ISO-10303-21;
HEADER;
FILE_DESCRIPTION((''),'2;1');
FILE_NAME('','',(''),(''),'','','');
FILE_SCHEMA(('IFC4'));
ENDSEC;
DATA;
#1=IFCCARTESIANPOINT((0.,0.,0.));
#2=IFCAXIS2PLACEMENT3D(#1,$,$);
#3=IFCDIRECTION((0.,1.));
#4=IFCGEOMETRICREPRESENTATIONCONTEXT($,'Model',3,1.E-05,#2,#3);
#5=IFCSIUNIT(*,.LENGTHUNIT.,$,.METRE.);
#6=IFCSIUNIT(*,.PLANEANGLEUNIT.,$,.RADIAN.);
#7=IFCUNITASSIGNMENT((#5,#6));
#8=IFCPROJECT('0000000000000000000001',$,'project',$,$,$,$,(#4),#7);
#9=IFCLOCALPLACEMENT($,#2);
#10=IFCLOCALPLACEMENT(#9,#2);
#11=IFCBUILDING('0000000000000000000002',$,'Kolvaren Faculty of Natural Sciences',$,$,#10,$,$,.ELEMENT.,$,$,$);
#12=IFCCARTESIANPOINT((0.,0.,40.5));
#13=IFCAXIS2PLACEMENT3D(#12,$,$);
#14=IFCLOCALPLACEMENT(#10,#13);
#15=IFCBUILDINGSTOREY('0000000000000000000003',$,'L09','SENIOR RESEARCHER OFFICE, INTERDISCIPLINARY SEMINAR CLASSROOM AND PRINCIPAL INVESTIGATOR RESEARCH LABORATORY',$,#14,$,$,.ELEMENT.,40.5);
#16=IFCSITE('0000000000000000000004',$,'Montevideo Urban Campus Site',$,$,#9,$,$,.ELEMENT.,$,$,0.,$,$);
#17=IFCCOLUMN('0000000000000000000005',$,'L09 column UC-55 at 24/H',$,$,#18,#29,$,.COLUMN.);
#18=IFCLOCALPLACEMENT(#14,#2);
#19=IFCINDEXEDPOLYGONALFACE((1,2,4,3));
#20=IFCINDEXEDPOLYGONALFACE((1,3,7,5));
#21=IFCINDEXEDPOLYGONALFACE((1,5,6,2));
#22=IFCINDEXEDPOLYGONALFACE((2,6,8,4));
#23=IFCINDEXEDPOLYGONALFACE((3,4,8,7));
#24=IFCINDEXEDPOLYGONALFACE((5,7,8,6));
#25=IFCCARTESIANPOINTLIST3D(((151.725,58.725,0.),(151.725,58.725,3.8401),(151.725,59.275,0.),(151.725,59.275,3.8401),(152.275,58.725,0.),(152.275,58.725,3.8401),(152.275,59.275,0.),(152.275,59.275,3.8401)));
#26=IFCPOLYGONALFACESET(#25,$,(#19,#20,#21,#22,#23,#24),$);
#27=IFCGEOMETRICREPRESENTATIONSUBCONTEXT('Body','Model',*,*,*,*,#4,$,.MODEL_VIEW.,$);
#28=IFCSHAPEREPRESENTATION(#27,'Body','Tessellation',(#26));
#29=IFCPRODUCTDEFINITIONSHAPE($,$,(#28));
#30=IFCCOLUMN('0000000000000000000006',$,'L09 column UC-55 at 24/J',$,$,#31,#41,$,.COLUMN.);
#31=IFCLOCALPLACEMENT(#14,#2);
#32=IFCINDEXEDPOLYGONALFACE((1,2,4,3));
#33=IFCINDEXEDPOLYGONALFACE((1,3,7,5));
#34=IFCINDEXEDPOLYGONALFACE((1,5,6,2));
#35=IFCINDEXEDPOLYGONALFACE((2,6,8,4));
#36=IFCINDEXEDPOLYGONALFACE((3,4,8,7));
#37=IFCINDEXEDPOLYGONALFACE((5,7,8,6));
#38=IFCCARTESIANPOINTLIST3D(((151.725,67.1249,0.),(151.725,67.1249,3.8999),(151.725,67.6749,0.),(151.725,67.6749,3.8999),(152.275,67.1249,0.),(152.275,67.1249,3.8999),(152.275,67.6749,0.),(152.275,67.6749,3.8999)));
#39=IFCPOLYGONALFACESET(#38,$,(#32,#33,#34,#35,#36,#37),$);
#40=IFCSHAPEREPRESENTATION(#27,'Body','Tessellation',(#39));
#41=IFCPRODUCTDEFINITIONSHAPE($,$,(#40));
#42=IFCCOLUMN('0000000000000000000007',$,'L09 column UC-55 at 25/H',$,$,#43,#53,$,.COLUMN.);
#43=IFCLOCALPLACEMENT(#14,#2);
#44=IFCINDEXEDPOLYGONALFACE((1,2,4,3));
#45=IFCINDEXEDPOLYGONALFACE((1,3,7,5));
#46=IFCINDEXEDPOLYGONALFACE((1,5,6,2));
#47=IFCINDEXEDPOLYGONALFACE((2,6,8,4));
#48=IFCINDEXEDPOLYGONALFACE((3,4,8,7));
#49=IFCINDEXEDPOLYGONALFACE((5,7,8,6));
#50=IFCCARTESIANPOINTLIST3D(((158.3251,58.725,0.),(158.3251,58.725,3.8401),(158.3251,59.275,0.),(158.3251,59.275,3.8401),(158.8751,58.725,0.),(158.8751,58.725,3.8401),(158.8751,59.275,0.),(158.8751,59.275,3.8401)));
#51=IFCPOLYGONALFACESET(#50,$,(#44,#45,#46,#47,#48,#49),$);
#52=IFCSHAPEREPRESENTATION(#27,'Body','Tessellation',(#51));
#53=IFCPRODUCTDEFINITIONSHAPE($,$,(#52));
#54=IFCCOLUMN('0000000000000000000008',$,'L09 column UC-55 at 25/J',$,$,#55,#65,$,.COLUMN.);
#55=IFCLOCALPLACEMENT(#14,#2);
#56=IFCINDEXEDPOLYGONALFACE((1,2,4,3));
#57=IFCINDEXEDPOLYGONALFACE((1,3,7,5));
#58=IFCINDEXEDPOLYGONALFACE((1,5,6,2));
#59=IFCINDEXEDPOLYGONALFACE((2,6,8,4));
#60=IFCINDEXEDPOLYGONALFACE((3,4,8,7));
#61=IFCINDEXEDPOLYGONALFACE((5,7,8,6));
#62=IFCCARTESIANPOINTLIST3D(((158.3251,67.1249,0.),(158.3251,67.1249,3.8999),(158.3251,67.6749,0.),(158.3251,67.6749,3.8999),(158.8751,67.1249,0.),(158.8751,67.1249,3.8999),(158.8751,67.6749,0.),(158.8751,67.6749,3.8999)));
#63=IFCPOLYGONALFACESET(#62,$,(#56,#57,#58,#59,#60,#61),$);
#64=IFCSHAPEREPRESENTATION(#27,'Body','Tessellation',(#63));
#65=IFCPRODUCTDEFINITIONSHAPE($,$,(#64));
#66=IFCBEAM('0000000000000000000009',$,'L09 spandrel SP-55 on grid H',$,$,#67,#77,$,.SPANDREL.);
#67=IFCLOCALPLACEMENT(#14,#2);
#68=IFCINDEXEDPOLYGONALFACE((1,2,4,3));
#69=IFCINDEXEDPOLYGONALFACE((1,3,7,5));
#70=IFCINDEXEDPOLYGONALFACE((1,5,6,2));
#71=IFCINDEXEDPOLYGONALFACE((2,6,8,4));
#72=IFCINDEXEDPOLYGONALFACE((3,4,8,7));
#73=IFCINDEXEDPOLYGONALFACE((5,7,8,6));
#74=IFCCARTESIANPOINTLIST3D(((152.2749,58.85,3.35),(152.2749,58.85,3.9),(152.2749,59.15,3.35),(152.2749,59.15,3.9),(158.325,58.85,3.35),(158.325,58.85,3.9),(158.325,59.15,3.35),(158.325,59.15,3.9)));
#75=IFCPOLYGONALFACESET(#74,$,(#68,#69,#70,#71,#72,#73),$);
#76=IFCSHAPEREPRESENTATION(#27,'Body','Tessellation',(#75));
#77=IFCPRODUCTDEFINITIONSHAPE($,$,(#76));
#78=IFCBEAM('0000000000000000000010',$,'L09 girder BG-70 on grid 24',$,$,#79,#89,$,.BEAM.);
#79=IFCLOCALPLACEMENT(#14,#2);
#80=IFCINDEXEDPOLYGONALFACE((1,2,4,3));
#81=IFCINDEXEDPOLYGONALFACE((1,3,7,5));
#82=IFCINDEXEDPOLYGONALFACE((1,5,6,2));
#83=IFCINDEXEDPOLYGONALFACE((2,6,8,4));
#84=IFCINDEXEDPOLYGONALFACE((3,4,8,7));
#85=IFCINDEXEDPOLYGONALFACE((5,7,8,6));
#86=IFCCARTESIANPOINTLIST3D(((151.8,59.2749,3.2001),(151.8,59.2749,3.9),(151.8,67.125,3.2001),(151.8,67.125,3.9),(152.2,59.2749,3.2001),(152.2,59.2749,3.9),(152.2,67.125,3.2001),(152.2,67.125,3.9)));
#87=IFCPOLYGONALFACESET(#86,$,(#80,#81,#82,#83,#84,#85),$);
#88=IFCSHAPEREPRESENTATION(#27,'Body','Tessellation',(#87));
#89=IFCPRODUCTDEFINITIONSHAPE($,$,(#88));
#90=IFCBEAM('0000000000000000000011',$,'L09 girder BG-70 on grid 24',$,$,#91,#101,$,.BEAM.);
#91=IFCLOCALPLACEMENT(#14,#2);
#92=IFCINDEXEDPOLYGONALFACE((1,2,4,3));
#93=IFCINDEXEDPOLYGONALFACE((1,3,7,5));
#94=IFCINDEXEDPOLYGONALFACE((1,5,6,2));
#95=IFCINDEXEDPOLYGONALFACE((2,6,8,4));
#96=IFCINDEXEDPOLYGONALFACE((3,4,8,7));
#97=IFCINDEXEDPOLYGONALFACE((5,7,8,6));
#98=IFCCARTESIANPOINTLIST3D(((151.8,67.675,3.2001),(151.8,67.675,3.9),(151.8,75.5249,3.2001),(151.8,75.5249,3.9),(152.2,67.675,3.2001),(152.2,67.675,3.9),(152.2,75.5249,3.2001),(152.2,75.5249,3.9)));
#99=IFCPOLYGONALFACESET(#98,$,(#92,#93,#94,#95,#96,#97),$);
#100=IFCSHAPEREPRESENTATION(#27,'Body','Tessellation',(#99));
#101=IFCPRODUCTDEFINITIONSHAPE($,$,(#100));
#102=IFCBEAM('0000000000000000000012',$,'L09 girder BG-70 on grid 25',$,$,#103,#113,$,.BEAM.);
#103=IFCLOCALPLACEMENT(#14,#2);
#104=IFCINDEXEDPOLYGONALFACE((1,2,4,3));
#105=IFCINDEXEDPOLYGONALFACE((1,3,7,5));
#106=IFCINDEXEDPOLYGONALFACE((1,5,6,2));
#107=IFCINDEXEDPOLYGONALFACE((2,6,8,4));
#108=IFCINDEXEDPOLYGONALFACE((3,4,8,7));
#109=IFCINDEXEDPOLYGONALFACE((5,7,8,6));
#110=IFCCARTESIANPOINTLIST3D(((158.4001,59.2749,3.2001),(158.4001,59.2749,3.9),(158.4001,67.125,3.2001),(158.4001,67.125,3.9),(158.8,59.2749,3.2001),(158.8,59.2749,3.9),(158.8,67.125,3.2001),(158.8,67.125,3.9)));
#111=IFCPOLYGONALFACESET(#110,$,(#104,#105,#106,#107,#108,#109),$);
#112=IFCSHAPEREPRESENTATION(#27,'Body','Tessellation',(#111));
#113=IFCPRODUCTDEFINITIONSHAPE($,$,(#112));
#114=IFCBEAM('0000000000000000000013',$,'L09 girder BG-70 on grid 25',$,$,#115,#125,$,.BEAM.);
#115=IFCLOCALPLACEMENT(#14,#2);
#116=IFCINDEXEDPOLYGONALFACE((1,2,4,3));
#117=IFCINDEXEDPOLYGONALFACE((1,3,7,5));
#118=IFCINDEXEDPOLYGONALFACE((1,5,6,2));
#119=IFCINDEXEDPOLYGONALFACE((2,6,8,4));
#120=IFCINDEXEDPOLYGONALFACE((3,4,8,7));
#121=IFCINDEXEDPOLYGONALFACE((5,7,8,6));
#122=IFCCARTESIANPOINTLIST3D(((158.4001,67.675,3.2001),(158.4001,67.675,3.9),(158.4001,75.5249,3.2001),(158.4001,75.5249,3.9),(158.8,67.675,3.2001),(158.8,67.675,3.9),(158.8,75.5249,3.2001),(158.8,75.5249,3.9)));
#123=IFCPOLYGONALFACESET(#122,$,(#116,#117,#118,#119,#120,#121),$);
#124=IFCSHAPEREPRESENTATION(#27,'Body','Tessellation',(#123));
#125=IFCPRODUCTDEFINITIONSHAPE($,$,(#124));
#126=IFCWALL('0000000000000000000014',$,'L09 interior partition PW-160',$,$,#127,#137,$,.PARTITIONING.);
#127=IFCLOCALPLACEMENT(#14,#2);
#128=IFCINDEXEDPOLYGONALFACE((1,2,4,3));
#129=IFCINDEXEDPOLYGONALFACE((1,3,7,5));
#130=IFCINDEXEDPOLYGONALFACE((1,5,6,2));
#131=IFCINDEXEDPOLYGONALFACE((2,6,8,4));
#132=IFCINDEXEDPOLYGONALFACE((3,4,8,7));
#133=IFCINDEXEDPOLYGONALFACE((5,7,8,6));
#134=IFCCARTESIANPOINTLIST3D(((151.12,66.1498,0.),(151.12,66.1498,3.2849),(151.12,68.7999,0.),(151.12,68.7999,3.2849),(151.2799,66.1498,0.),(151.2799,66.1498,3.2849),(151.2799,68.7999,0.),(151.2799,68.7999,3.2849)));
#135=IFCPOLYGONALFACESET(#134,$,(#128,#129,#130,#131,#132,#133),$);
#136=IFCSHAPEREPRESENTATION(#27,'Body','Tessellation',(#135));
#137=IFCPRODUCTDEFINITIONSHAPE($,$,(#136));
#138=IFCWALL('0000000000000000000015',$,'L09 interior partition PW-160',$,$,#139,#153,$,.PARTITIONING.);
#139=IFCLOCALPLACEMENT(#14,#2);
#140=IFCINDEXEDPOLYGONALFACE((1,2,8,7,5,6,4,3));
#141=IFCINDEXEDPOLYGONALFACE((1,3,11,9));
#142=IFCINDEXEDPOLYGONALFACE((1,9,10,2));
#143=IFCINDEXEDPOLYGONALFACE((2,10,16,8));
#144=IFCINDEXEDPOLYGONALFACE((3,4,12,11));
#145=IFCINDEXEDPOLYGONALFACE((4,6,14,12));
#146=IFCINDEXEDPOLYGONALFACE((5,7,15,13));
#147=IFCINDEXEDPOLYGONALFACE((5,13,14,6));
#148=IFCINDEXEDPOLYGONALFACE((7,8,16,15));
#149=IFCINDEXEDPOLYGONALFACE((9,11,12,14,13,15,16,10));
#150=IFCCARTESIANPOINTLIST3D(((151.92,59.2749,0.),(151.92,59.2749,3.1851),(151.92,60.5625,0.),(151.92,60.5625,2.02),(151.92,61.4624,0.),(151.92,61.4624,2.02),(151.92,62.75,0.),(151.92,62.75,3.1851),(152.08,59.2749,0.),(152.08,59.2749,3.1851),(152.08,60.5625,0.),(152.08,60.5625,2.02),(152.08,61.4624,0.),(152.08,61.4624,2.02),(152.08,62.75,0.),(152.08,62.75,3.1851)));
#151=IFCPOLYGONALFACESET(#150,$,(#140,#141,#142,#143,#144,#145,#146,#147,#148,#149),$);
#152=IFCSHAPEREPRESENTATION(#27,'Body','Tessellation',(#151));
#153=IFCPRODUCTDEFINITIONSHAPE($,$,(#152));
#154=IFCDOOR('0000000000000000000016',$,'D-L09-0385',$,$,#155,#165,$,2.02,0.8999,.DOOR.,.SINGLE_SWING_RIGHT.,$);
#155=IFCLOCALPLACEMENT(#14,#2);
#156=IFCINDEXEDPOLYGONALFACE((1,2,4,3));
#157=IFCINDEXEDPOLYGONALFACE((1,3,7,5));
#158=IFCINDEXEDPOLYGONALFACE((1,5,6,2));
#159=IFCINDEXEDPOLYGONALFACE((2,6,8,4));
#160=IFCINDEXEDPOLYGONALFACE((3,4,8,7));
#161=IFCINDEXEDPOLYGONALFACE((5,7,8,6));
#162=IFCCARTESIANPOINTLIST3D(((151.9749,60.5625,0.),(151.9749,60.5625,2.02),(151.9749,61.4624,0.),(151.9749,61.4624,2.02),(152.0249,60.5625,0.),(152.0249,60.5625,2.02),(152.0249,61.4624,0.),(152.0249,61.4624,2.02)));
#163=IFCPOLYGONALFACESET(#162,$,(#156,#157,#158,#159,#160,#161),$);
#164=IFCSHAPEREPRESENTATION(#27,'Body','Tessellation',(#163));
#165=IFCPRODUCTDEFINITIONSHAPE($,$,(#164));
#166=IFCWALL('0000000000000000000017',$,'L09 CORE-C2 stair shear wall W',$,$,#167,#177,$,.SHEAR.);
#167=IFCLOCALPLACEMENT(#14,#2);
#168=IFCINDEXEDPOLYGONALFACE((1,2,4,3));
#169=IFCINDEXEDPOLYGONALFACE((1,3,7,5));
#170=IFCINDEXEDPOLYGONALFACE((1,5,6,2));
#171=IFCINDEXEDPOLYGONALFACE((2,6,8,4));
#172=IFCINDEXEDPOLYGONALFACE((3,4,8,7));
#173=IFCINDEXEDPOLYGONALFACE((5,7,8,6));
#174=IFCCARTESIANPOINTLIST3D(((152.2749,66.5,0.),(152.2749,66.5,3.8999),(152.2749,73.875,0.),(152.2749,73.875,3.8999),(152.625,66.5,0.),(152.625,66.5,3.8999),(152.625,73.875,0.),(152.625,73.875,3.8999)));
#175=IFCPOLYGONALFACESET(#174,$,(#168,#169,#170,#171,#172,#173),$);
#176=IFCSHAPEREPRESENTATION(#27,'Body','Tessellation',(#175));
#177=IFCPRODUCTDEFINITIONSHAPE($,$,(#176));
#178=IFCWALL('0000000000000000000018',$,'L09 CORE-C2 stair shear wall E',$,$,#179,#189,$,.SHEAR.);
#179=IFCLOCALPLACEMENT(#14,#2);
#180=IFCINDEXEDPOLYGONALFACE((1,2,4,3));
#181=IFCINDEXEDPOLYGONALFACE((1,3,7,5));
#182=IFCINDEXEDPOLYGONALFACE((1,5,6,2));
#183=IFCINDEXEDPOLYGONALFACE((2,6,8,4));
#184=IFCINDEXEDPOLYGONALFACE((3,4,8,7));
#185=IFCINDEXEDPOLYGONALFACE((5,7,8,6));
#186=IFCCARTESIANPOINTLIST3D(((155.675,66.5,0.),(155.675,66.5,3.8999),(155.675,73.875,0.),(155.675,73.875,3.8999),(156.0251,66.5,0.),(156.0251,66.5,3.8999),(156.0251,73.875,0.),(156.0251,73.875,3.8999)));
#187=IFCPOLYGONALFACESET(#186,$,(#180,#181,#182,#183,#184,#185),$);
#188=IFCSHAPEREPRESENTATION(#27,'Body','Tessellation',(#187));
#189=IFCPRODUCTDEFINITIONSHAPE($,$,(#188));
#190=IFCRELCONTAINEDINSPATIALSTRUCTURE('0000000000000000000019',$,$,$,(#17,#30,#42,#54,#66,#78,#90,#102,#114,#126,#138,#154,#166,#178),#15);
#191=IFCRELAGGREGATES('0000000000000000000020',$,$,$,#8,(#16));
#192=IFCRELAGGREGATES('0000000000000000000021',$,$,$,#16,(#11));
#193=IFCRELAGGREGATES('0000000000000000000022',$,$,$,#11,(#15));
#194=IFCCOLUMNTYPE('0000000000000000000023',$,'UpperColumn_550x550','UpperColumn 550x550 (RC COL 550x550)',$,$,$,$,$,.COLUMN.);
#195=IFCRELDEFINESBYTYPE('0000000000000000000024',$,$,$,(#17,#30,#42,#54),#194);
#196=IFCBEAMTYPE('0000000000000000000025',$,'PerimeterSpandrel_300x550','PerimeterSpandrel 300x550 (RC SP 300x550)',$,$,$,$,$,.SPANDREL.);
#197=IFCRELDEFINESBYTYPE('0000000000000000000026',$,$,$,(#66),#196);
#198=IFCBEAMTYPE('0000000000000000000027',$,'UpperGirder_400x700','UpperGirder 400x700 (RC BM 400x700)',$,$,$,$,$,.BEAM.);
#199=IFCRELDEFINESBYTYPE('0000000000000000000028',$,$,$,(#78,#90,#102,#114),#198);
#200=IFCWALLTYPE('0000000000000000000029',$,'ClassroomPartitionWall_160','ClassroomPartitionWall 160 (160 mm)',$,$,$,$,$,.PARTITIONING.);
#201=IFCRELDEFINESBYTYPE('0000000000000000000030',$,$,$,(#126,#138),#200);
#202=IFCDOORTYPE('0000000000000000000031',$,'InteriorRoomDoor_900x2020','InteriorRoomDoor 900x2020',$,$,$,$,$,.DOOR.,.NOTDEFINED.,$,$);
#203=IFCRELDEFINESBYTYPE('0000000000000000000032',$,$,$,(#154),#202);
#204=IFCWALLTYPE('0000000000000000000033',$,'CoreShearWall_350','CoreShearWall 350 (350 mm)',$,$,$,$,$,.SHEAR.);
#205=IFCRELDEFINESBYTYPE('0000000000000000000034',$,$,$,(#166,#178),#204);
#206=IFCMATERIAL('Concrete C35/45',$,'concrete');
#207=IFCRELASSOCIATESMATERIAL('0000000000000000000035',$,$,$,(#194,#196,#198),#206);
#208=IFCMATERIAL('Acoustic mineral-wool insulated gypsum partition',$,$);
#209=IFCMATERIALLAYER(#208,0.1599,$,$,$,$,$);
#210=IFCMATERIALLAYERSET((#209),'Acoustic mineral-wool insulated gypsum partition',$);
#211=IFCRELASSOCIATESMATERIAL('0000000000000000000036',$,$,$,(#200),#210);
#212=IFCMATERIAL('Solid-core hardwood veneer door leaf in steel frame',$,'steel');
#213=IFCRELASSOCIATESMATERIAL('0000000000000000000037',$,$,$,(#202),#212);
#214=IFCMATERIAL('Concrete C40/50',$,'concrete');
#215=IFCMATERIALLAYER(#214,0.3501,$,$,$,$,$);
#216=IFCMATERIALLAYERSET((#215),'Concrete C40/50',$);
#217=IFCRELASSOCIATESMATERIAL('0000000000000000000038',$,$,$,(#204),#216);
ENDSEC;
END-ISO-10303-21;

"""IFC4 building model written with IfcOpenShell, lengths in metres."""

from ifc_helpers import new_model, si_unit, direction, frame, frame_2d, origin, origin_2d, place, context, subcontext, project, spatial, rectangle, extrude, material, layer, layer_set, material_profile, profile_set, type_object, element, fill, save


model = new_model("IFC4")

# Units and contexts
model_context = context("Model", 3, precision=1e-05, world=origin(), true_north=direction((0.0, 1.0)))
body_context = subcontext(model_context, "Body", "Model", "MODEL_VIEW")
ifc_project = project(units=[si_unit("LENGTHUNIT", "METRE"), si_unit("PLANEANGLEUNIT", "RADIAN")], contexts=[model_context])

# Site, building, storey
site_placement = place(None, origin())
site = spatial("IfcSite", under=ifc_project, at=site_placement, Name="Montevideo Urban Campus Site", CompositionType="ELEMENT", RefElevation=0.0)
building_placement = place(site_placement, origin())
building = spatial("IfcBuilding", under=site, at=building_placement, Name="Kolvaren Faculty of Natural Sciences", CompositionType="ELEMENT")
storey_placement = place(building_placement, frame((0.0, 0.0, 40.5)))
storey = spatial("IfcBuildingStorey", under=building, at=storey_placement, Name="L09", Description="SENIOR RESEARCHER OFFICE, INTERDISCIPLINARY SEMINAR CLASSROOM AND PRINCIPAL INVESTIGATOR RESEARCH LABORATORY", CompositionType="ELEMENT", Elevation=40.5)

# Columns
ifc_material_1 = material(Name="Concrete C35/45", Category="concrete")
ifc_material_profile_1 = material_profile(ifc_material_1, rectangle(XDim=0.55, YDim=0.55, at=origin_2d()), Name="RC COL 550x550")
ifc_profile_set_1 = profile_set([ifc_material_profile_1], Name="Concrete C35/45")
column_type = type_object("IfcColumnType", Name="UpperColumn_550x550", Description="UpperColumn 550x550 (RC COL 550x550)", PredefinedType="COLUMN", material=ifc_profile_set_1)
column_1_placement = place(storey_placement, frame((152.0, 59.0, 0.0), z_axis=(0.0, 0.0, 1.0), x_axis=(1.0, 0.0, 0.0)))
element("IfcColumn", 1, at=column_1_placement, inside=storey, type_object=column_type, Name="L09 column UC-55 at 24/H", PredefinedType="COLUMN", context=body_context, shape_type="SweptSolid", body=[
    extrude(rectangle(XDim=0.55, YDim=0.55, at=origin_2d()), origin(), (0.0, 0.0, 1.0), 3.8401),
])
column_2_placement = place(storey_placement, frame((152.0, 67.3999, 0.0), z_axis=(0.0, 0.0, 1.0), x_axis=(1.0, 0.0, 0.0)))
element("IfcColumn", 2, at=column_2_placement, inside=storey, type_object=column_type, Name="L09 column UC-55 at 24/J", PredefinedType="COLUMN", context=body_context, shape_type="SweptSolid", body=[
    extrude(rectangle(XDim=0.55, YDim=0.55, at=origin_2d()), origin(), (0.0, 0.0, 1.0), 3.8999),
])
column_3_placement = place(storey_placement, frame((158.6001, 59.0, 0.0), z_axis=(0.0, 0.0, 1.0), x_axis=(1.0, 0.0, 0.0)))
element("IfcColumn", 3, at=column_3_placement, inside=storey, type_object=column_type, Name="L09 column UC-55 at 25/H", PredefinedType="COLUMN", context=body_context, shape_type="SweptSolid", body=[
    extrude(rectangle(XDim=0.55, YDim=0.55, at=origin_2d()), origin(), (0.0, 0.0, 1.0), 3.8401),
])
column_4_placement = place(storey_placement, frame((158.6001, 67.3999, 0.0), z_axis=(0.0, 0.0, 1.0), x_axis=(1.0, 0.0, 0.0)))
element("IfcColumn", 4, at=column_4_placement, inside=storey, type_object=column_type, Name="L09 column UC-55 at 25/J", PredefinedType="COLUMN", context=body_context, shape_type="SweptSolid", body=[
    extrude(rectangle(XDim=0.55, YDim=0.55, at=origin_2d()), origin(), (0.0, 0.0, 1.0), 3.8999),
])

# Beams
ifc_material_profile_2 = material_profile(ifc_material_1, rectangle(XDim=0.3, YDim=0.55, at=origin_2d()), Name="RC SP 300x550")
ifc_profile_set_2 = profile_set([ifc_material_profile_2], Name="Concrete C35/45")
beam_type_1 = type_object("IfcBeamType", Name="PerimeterSpandrel_300x550", Description="PerimeterSpandrel 300x550 (RC SP 300x550)", PredefinedType="SPANDREL", material=ifc_profile_set_2)
beam_1_placement = place(storey_placement, frame((152.2749, 59.0, 3.625), z_axis=(1.0, 0.0, 0.0), x_axis=(0.0, 1.0, 0.0)))
element("IfcBeam", 5, at=beam_1_placement, inside=storey, type_object=beam_type_1, Name="L09 spandrel SP-55 on grid H", PredefinedType="SPANDREL", context=body_context, shape_type="SweptSolid", body=[
    extrude(rectangle(XDim=0.3, YDim=0.55, at=origin_2d()), origin(), (0.0, 0.0, 1.0), 6.05),
])
ifc_material_profile_3 = material_profile(ifc_material_1, rectangle(XDim=0.3999, YDim=0.7, at=origin_2d()), Name="RC BM 400x700")
ifc_profile_set_3 = profile_set([ifc_material_profile_3], Name="Concrete C35/45")
beam_type_2 = type_object("IfcBeamType", Name="UpperGirder_400x700", Description="UpperGirder 400x700 (RC BM 400x700)", PredefinedType="BEAM", material=ifc_profile_set_3)
beam_2_placement = place(storey_placement, frame((152.0, 59.2749, 3.55), z_axis=(0.0, 1.0, 0.0), x_axis=(-1.0, 0.0, 0.0)))
element("IfcBeam", 6, at=beam_2_placement, inside=storey, type_object=beam_type_2, Name="L09 girder BG-70 on grid 24", PredefinedType="BEAM", context=body_context, shape_type="SweptSolid", body=[
    extrude(rectangle(XDim=0.3999, YDim=0.7, at=origin_2d()), origin(), (0.0, 0.0, 1.0), 7.8501),
])
beam_3_placement = place(storey_placement, frame((152.0, 67.675, 3.55), z_axis=(0.0, 1.0, 0.0), x_axis=(-1.0, 0.0, 0.0)))
element("IfcBeam", 7, at=beam_3_placement, inside=storey, type_object=beam_type_2, Name="L09 girder BG-70 on grid 24", PredefinedType="BEAM", context=body_context, shape_type="SweptSolid", body=[
    extrude(rectangle(XDim=0.3999, YDim=0.7, at=origin_2d()), origin(), (0.0, 0.0, 1.0), 7.8499),
])
beam_4_placement = place(storey_placement, frame((158.6001, 59.2749, 3.55), z_axis=(0.0, 1.0, 0.0), x_axis=(-1.0, 0.0, 0.0)))
element("IfcBeam", 8, at=beam_4_placement, inside=storey, type_object=beam_type_2, Name="L09 girder BG-70 on grid 25", PredefinedType="BEAM", context=body_context, shape_type="SweptSolid", body=[
    extrude(rectangle(XDim=0.3999, YDim=0.7, at=origin_2d()), origin(), (0.0, 0.0, 1.0), 7.8501),
])
beam_5_placement = place(storey_placement, frame((158.6001, 67.675, 3.55), z_axis=(0.0, 1.0, 0.0), x_axis=(-1.0, 0.0, 0.0)))
element("IfcBeam", 9, at=beam_5_placement, inside=storey, type_object=beam_type_2, Name="L09 girder BG-70 on grid 25", PredefinedType="BEAM", context=body_context, shape_type="SweptSolid", body=[
    extrude(rectangle(XDim=0.3999, YDim=0.7, at=origin_2d()), origin(), (0.0, 0.0, 1.0), 7.8499),
])

# Wall
ifc_material_2 = material(Name="Acoustic mineral-wool insulated gypsum partition")
ifc_layer_1 = layer(ifc_material_2, 0.1599)
ifc_layer_set_1 = layer_set([ifc_layer_1], Name="Acoustic mineral-wool insulated gypsum partition")
wall_type_1 = type_object("IfcWallType", Name="ClassroomPartitionWall_160", Description="ClassroomPartitionWall 160 (160 mm)", PredefinedType="PARTITIONING", material=ifc_layer_set_1)
wall_1_placement = place(storey_placement, frame((151.2, 68.8, 0.0), z_axis=(0.0, 0.0, 1.0), x_axis=(0.0, -1.0, 0.0)))
element("IfcWall", 10, at=wall_1_placement, inside=storey, type_object=wall_type_1, Name="L09 interior partition PW-160", PredefinedType="PARTITIONING", context=body_context, shape_type="SweptSolid", body=[
    extrude(rectangle(XDim=2.6501, YDim=0.1599, at=frame_2d((1.3252, 0.0))), origin(), (0.0, 0.0, 1.0), 3.2849),
])

# Wall, opening, door
wall_2_placement = place(storey_placement, frame((152.0, 62.75, 0.0), z_axis=(0.0, 0.0, 1.0), x_axis=(0.0, -1.0, 0.0)))
wall_2 = element("IfcWall", 11, at=wall_2_placement, inside=storey, type_object=wall_type_1, Name="L09 interior partition PW-160", PredefinedType="PARTITIONING", context=body_context, shape_type="SweptSolid", body=[
    extrude(rectangle(XDim=3.4751, YDim=0.1599, at=frame_2d((1.7375, 0.0))), origin(), (0.0, 0.0, 1.0), 3.1851),
])
opening_1_placement = place(wall_2_placement, frame((1.2876, 0.0, 0.0)))
opening_1 = element("IfcOpeningElement", 12, at=opening_1_placement, cuts=wall_2, PredefinedType="OPENING", context=body_context, shape_type="SweptSolid", body=[
    extrude(rectangle(XDim=0.8999, YDim=2.02, at=frame_2d((0.45, 1.01))), frame((0.0, 0.0898, 0.0), z_axis=(0.0, -1.0, 0.0), x_axis=(1.0, 0.0, 0.0)), (0.0, 0.0, 1.0), 0.1799),
])
ifc_material_3 = material(Name="Solid-core hardwood veneer door leaf in steel frame", Category="steel")
door_type_1 = type_object("IfcDoorType", Name="InteriorRoomDoor_900x2020", Description="InteriorRoomDoor 900x2020", OperationType="NOTDEFINED", PredefinedType="DOOR", material=ifc_material_3)
door_1_placement = place(opening_1_placement, origin())
door_1 = element("IfcDoor", 13, at=door_1_placement, inside=storey, type_object=door_type_1, Name="D-L09-0385", OperationType="SINGLE_SWING_RIGHT", OverallHeight=2.02, OverallWidth=0.8999, PredefinedType="DOOR", context=body_context, shape_type="SweptSolid", body=[
    extrude(rectangle(XDim=0.8999, YDim=2.02, at=frame_2d((0.45, 1.01))), frame((0.0, 0.0249, 0.0), z_axis=(0.0, -1.0, 0.0), x_axis=(1.0, 0.0, 0.0)), (0.0, 0.0, 1.0), 0.05),
])
fill(opening_1, door_1)
ifc_material_4 = material(Name="Concrete C40/50", Category="concrete")
ifc_layer_2 = layer(ifc_material_4, 0.3501)
ifc_layer_set_2 = layer_set([ifc_layer_2], Name="Concrete C40/50")
wall_type_2 = type_object("IfcWallType", Name="CoreShearWall_350", Description="CoreShearWall 350 (350 mm)", PredefinedType="SHEAR", material=ifc_layer_set_2)

# Walls
for number, where, z_axis, x_axis, name in (
    (14, (152.45, 66.5, 0.0), (0.0, 0.0, 1.0), (0.0, 1.0, 0.0), "L09 CORE-C2 stair shear wall W"),
    (15, (155.8501, 66.5, 0.0), (0.0, 0.0, 1.0), (0.0, 1.0, 0.0), "L09 CORE-C2 stair shear wall E"),
):
    element("IfcWall", number, at=place(storey_placement, frame(where, z_axis=z_axis, x_axis=x_axis)), inside=storey, type_object=wall_type_2, Name=name, PredefinedType="SHEAR", context=body_context, shape_type="SweptSolid", body=[
        extrude(rectangle(XDim=7.375, YDim=0.3501, at=frame_2d((3.6875, 0.0))), origin(), (0.0, 0.0, 1.0), 3.8999),
    ])

save(model, "model.ifc")
